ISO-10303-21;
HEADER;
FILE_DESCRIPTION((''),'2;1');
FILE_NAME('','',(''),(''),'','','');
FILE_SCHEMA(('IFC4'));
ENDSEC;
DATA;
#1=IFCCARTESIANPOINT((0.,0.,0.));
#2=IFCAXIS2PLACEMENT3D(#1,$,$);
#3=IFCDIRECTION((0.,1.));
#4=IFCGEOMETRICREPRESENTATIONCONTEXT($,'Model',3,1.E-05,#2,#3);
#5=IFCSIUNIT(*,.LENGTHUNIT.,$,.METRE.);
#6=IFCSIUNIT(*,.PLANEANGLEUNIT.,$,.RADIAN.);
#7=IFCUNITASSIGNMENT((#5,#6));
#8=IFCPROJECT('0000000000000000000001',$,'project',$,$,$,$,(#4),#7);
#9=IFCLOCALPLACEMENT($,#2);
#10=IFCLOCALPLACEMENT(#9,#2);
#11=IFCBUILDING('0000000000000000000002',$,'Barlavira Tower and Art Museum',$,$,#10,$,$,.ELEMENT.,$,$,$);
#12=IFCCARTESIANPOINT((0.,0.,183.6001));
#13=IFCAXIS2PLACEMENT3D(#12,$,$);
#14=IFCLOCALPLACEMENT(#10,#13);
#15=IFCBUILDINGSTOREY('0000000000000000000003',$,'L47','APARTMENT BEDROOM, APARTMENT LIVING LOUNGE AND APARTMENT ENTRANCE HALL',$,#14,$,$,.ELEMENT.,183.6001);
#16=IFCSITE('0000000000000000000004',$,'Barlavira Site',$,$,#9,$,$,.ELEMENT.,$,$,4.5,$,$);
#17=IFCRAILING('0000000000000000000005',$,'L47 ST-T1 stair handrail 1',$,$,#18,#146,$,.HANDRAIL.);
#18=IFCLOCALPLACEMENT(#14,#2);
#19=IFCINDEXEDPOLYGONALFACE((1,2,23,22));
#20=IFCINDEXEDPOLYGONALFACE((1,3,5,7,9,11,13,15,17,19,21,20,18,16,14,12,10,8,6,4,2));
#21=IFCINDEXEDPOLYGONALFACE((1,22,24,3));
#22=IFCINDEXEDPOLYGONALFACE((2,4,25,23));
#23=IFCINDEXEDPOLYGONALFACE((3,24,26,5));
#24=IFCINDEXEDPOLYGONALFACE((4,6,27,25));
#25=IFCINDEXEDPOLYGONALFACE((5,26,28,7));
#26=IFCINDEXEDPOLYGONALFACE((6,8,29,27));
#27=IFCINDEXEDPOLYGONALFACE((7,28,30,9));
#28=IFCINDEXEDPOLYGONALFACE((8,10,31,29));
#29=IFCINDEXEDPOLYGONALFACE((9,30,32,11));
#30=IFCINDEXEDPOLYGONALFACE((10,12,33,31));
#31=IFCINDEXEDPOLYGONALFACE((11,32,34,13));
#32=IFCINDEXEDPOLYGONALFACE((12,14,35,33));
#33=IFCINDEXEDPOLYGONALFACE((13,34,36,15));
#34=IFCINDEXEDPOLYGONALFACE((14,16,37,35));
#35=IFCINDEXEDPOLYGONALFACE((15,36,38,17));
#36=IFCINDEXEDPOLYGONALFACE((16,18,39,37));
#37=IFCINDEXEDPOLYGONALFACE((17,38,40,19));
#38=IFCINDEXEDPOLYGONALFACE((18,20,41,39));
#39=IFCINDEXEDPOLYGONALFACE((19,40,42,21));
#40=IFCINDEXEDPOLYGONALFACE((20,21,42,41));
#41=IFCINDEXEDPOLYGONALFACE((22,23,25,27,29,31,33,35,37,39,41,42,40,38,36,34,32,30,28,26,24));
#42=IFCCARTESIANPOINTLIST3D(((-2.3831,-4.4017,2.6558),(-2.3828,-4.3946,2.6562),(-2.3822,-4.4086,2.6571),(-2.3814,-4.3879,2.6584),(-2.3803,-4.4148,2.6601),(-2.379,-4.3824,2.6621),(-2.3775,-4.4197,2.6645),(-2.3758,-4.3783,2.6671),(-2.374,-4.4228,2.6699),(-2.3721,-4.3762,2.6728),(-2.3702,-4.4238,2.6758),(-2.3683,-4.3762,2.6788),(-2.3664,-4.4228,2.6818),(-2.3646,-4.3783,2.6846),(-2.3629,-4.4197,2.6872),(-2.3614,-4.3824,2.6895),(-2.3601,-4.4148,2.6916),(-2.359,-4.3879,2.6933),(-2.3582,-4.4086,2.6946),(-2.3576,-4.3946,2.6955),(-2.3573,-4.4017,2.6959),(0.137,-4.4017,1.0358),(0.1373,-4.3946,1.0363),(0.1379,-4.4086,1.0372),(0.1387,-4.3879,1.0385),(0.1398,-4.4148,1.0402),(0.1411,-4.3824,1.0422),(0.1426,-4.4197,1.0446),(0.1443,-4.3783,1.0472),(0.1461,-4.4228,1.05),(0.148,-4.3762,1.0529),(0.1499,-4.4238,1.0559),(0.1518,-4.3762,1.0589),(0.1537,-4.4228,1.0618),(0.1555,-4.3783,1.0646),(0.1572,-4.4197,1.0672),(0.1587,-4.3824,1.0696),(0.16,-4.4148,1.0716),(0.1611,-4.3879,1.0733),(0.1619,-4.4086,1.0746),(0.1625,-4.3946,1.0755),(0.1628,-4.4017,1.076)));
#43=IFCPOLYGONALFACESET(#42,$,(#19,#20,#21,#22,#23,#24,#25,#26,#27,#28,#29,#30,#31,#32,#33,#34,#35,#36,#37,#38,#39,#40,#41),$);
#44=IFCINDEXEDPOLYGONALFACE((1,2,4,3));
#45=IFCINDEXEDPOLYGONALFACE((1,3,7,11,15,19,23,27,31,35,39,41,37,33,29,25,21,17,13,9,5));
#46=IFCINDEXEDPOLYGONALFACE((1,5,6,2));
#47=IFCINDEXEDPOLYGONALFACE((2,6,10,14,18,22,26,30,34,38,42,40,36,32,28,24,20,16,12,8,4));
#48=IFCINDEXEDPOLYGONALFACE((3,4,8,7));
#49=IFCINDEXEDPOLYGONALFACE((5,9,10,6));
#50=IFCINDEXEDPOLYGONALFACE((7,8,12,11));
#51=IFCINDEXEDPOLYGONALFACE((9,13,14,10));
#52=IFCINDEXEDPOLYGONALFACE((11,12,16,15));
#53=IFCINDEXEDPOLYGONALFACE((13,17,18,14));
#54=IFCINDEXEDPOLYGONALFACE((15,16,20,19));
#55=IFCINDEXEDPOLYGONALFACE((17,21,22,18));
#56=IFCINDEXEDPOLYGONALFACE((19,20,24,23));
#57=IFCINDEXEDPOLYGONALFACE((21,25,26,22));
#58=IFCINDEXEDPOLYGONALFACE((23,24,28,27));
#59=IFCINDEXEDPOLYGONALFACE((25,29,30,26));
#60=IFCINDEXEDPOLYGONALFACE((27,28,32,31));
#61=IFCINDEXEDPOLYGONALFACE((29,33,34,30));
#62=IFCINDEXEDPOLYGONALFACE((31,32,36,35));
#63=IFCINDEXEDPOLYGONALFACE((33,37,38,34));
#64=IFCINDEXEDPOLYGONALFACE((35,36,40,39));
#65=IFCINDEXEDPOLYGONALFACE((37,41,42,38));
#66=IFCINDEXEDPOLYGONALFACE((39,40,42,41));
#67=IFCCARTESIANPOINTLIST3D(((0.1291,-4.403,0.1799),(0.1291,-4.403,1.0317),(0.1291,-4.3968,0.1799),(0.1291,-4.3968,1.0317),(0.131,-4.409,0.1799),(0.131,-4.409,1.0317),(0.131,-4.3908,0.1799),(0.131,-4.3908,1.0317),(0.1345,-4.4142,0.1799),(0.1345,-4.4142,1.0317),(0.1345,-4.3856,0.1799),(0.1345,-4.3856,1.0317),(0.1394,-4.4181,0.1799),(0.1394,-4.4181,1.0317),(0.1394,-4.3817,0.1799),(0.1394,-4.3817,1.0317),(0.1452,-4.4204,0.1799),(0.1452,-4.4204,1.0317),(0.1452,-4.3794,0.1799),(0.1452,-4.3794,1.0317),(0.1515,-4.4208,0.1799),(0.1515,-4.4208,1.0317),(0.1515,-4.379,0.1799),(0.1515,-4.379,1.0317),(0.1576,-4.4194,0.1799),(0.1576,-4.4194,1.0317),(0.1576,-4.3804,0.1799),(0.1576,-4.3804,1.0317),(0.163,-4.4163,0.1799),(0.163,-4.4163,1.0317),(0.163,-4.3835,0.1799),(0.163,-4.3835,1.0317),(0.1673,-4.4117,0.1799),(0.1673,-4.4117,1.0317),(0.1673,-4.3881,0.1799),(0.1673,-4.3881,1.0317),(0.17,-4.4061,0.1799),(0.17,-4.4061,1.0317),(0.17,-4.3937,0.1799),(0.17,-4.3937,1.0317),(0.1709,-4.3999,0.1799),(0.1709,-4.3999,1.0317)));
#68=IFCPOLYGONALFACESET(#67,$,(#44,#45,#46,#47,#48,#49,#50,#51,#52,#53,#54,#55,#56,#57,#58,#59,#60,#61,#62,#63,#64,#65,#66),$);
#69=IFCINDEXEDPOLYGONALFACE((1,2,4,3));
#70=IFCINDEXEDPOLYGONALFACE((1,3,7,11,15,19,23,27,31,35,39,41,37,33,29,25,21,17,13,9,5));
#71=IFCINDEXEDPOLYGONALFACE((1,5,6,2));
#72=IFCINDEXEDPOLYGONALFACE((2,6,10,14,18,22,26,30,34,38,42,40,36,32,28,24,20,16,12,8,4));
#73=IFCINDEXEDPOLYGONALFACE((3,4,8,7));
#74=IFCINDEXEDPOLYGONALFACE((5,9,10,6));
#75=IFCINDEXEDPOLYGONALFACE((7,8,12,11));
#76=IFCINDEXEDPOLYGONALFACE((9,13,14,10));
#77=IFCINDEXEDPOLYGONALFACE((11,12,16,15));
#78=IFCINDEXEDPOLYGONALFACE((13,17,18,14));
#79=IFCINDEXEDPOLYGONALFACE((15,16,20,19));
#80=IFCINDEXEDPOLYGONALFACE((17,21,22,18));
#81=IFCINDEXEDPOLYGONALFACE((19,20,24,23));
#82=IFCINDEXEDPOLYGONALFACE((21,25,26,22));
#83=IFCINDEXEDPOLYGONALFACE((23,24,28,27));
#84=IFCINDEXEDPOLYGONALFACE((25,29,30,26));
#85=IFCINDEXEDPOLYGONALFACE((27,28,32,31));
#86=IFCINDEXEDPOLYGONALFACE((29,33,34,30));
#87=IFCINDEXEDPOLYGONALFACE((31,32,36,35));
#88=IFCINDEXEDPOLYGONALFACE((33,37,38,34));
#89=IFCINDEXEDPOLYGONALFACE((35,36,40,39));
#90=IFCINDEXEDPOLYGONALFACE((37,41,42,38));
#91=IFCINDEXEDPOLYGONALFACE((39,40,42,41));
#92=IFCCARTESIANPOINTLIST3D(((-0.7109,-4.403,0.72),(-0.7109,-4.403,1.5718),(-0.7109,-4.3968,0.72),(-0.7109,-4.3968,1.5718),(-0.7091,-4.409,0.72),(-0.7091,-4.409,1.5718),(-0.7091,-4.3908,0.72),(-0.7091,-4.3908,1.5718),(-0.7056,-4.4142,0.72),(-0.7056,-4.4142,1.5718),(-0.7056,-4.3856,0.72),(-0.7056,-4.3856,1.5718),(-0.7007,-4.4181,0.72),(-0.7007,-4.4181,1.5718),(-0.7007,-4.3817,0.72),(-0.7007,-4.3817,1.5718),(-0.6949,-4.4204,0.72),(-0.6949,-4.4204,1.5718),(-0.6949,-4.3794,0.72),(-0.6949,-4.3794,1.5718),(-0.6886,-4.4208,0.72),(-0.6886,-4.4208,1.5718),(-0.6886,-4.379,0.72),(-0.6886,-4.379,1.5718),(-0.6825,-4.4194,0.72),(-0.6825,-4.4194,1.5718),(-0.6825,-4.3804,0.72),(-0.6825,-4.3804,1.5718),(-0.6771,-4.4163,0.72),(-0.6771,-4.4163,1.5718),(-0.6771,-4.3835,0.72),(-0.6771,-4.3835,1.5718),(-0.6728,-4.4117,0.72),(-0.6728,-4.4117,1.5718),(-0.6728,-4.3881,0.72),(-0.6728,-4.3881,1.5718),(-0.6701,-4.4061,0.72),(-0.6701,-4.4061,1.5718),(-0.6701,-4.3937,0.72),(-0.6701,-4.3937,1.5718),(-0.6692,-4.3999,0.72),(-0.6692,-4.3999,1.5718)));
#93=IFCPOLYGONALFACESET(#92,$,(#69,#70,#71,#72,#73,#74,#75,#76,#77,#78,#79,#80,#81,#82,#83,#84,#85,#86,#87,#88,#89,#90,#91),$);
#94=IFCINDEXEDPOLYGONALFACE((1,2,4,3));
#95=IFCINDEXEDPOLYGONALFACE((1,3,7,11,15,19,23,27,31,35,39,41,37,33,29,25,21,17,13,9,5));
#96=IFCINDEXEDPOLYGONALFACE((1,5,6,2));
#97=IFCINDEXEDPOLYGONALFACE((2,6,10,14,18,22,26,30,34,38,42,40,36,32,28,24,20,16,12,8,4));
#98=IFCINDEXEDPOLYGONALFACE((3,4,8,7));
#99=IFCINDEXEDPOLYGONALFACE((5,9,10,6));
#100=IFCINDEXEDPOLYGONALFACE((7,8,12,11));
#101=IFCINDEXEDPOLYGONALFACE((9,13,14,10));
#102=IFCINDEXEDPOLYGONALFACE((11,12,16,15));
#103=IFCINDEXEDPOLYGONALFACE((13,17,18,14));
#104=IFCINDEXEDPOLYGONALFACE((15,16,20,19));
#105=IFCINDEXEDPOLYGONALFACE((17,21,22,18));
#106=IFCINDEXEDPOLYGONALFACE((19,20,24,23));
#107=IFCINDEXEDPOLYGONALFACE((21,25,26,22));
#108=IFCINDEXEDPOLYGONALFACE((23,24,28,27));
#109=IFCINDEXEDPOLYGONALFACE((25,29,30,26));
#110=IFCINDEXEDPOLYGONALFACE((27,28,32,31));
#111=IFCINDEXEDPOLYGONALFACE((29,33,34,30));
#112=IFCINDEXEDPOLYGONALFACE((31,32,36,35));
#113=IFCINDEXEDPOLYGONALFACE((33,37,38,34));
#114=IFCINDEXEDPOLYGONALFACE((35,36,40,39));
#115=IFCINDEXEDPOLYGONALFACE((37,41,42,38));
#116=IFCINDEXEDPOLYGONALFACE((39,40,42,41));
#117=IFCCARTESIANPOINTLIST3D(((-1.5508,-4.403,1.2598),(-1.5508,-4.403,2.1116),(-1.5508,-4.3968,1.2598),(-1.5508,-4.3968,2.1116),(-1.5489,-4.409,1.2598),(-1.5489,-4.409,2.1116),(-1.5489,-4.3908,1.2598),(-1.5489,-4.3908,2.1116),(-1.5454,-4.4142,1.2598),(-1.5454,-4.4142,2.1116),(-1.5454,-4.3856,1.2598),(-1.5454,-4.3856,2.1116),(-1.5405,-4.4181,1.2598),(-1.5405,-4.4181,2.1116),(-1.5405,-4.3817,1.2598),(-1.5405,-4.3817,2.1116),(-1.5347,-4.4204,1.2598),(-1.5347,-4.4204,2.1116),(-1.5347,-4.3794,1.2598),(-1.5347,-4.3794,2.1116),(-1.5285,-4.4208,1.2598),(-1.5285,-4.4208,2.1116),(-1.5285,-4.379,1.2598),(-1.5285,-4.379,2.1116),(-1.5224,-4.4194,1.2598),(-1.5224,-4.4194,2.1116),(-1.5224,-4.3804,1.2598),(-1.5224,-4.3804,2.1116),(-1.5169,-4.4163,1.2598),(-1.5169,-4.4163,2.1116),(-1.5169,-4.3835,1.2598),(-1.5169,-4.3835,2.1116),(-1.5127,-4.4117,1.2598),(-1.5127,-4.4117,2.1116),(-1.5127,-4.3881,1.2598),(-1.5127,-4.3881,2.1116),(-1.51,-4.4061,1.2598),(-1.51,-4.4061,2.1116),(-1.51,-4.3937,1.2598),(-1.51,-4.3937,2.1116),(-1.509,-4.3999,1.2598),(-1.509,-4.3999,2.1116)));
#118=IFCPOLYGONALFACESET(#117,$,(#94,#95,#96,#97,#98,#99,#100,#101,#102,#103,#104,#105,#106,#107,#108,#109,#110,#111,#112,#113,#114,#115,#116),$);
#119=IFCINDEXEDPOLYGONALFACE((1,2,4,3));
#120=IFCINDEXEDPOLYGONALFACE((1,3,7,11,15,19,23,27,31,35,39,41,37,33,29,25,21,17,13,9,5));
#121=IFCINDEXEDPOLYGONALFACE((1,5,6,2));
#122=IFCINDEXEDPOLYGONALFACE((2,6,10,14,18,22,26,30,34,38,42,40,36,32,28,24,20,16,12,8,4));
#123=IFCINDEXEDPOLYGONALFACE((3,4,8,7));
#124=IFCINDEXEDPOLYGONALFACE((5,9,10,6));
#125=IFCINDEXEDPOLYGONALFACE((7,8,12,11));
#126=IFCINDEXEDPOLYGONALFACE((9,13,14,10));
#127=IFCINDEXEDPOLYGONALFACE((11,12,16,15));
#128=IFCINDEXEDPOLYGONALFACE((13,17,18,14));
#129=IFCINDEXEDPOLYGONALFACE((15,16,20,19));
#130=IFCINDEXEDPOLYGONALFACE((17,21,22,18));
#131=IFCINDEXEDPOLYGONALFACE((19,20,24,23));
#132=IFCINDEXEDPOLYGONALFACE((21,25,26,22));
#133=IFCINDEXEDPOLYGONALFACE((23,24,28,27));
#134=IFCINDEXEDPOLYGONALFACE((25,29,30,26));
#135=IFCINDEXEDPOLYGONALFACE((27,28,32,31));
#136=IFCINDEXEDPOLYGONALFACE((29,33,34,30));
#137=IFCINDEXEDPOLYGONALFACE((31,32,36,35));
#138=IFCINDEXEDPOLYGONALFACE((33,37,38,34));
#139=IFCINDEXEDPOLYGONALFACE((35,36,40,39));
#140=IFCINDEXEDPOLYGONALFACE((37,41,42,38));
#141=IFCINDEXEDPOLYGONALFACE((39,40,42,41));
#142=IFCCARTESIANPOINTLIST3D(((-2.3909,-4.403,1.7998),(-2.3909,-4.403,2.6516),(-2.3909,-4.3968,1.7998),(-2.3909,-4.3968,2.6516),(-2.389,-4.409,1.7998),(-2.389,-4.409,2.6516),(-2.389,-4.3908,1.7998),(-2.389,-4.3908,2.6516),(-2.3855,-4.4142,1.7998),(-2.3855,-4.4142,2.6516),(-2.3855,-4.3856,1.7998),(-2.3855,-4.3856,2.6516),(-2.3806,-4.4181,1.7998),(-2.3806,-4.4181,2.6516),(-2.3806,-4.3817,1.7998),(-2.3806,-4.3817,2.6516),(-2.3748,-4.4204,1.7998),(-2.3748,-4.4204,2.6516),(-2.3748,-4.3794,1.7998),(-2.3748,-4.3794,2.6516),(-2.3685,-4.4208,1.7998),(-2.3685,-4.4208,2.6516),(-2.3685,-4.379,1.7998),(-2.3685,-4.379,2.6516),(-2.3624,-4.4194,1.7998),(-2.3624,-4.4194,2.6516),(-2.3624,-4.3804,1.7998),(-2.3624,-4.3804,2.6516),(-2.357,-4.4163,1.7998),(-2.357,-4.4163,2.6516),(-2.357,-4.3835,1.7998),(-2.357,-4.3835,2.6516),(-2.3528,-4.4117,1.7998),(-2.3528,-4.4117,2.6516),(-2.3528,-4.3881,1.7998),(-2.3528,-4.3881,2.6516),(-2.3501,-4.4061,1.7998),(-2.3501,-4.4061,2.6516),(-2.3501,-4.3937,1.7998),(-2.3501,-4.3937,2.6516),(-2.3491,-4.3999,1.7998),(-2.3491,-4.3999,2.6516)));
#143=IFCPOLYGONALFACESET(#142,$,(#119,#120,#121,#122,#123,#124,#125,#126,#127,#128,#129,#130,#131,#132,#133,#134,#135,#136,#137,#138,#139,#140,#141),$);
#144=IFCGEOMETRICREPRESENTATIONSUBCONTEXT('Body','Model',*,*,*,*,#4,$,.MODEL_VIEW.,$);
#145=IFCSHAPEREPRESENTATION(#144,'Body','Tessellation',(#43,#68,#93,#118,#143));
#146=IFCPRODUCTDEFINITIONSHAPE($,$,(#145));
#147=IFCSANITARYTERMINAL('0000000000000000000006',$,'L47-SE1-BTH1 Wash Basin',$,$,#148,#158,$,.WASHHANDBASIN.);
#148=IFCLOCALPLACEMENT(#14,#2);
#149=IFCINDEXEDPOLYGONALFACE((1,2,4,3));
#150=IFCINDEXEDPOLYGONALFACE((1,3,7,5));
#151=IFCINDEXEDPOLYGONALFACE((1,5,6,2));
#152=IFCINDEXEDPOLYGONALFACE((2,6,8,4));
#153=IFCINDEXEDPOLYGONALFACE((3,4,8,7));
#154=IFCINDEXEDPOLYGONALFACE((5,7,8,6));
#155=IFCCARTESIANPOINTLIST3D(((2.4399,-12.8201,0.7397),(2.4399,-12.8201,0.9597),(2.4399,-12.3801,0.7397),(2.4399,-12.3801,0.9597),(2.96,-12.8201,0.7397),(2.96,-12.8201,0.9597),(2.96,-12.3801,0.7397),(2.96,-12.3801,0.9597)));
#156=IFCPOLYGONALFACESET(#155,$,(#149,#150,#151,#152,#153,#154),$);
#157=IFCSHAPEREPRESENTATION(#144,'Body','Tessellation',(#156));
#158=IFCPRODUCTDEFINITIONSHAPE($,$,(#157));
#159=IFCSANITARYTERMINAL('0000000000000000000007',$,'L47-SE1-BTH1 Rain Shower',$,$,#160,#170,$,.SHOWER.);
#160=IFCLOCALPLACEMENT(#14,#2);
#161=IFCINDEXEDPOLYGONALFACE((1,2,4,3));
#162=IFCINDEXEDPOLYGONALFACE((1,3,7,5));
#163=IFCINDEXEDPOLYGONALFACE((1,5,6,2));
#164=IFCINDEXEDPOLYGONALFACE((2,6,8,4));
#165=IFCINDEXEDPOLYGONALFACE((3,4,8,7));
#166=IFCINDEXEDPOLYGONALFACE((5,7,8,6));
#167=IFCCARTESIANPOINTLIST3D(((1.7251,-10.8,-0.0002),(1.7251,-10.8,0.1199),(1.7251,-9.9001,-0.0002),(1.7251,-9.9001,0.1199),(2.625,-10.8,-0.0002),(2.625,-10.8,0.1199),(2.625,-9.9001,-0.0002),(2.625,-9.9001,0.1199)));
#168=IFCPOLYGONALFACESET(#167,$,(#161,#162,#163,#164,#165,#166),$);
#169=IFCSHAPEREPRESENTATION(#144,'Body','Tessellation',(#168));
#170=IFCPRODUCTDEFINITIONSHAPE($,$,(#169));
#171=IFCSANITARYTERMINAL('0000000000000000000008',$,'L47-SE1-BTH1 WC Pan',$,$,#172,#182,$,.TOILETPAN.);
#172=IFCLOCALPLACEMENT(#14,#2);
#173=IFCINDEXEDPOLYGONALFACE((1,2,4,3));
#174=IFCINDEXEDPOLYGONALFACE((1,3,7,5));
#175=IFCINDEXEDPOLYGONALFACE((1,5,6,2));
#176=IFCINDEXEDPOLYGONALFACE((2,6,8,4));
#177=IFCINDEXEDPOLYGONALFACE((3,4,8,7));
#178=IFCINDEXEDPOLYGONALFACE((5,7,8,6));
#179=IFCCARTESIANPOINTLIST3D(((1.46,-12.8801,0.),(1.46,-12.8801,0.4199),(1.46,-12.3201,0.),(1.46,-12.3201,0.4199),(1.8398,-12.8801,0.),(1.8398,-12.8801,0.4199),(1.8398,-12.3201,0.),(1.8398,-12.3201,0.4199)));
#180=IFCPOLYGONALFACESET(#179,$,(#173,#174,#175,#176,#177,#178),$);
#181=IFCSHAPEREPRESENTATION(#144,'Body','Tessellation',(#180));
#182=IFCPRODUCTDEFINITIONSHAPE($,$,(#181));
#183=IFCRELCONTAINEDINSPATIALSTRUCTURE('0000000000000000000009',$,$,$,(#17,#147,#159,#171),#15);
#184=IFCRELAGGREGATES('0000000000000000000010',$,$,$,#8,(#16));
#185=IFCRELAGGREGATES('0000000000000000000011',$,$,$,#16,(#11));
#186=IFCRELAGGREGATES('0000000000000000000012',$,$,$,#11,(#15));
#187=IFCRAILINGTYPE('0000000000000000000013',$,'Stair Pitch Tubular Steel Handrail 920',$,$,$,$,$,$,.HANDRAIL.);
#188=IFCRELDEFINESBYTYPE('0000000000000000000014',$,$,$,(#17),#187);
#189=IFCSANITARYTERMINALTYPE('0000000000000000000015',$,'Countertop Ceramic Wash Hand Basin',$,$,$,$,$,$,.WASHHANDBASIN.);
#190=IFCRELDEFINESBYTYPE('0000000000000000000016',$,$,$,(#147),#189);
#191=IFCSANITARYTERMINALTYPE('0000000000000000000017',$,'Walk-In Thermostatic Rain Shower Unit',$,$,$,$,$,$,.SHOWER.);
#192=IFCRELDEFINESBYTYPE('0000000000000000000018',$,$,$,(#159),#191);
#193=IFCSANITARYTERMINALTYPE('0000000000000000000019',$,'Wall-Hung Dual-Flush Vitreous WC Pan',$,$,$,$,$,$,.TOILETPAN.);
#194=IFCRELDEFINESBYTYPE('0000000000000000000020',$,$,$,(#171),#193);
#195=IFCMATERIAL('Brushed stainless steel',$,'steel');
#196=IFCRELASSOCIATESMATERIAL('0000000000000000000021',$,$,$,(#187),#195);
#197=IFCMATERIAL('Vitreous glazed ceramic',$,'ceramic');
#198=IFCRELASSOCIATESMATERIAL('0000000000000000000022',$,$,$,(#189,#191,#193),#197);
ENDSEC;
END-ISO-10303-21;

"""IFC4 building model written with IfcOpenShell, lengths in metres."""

from ifc_helpers import new_model, si_unit, direction, frame, origin, origin_2d, place, context, subcontext, project, spatial, rectangle, circle, extrude, material, type_object, element, save


model = new_model("IFC4")

# Units and contexts
model_context = context("Model", 3, precision=1e-05, world=origin(), true_north=direction((0.0, 1.0)))
body_context = subcontext(model_context, "Body", "Model", "MODEL_VIEW")
ifc_project = project(units=[si_unit("LENGTHUNIT", "METRE"), si_unit("PLANEANGLEUNIT", "RADIAN")], contexts=[model_context])

# Site, building, storey
site_placement = place(None, origin())
site = spatial("IfcSite", under=ifc_project, at=site_placement, Name="Barlavira Site", CompositionType="ELEMENT", RefElevation=4.5)
building_placement = place(site_placement, origin())
building = spatial("IfcBuilding", under=site, at=building_placement, Name="Barlavira Tower and Art Museum", CompositionType="ELEMENT")
storey_placement = place(building_placement, frame((0.0, 0.0, 183.6001)))
storey = spatial("IfcBuildingStorey", under=building, at=storey_placement, Name="L47", Description="APARTMENT BEDROOM, APARTMENT LIVING LOUNGE AND APARTMENT ENTRANCE HALL", CompositionType="ELEMENT", Elevation=183.6001)

# Shared definitions
ifc_material_1 = material(Name="Brushed stainless steel", Category="steel")

# Railing
railing_type_1 = type_object("IfcRailingType", Name="Stair Pitch Tubular Steel Handrail 920", PredefinedType="HANDRAIL", material=ifc_material_1)
railing_1_placement = place(storey_placement, frame((0.1499, -4.3999, 0.1799)))
element("IfcRailing", 1, at=railing_1_placement, inside=storey, type_object=railing_type_1, Name="L47 ST-T1 stair handrail 1", PredefinedType="HANDRAIL", context=body_context, shape_type="SweptSolid", body=[
    extrude(circle(Radius=0.0239, at=origin_2d()), frame((0.0, 0.0, 0.876), z_axis=(-0.8412, 0.0, 0.540725), x_axis=(0.0, -1.0, 0.0)), (0.0, 0.0, 1.0), 2.9958),
    extrude(circle(Radius=0.021, at=origin_2d()), origin(), (0.0, 0.0, 1.0), 0.8518),
    extrude(circle(Radius=0.021, at=origin_2d()), frame((-0.8401, 0.0, 0.54)), (0.0, 0.0, 1.0), 0.8518),
    extrude(circle(Radius=0.021, at=origin_2d()), frame((-1.6799, 0.0, 1.0798)), (0.0, 0.0, 1.0), 0.8518),
    extrude(circle(Radius=0.021, at=origin_2d()), frame((-2.52, 0.0, 1.6199)), (0.0, 0.0, 1.0), 0.8518),
])

# Sanitary terminals
ifc_material_2 = material(Name="Vitreous glazed ceramic", Category="ceramic")
sanitary_terminal_type_1 = type_object("IfcSanitaryTerminalType", Name="Countertop Ceramic Wash Hand Basin", PredefinedType="WASHHANDBASIN", material=ifc_material_2)
sanitary_terminal_1_placement = place(storey_placement, frame((2.7, -12.6001, 0.7397), z_axis=(0.0, 0.0, 1.0), x_axis=(1.0, 0.0, 0.0)))
element("IfcSanitaryTerminal", 2, at=sanitary_terminal_1_placement, inside=storey, type_object=sanitary_terminal_type_1, Name="L47-SE1-BTH1 Wash Basin", PredefinedType="WASHHANDBASIN", context=body_context, shape_type="SweptSolid", body=[
    extrude(rectangle(XDim=0.52, YDim=0.4399, at=origin_2d()), origin(), (0.0, 0.0, 1.0), 0.22),
])
sanitary_terminal_type_2 = type_object("IfcSanitaryTerminalType", Name="Walk-In Thermostatic Rain Shower Unit", PredefinedType="SHOWER", material=ifc_material_2)
sanitary_terminal_2_placement = place(storey_placement, frame((2.175, -10.3501, -0.0002), z_axis=(0.0, 0.0, 1.0), x_axis=(1.0, 0.0, 0.0)))
element("IfcSanitaryTerminal", 3, at=sanitary_terminal_2_placement, inside=storey, type_object=sanitary_terminal_type_2, Name="L47-SE1-BTH1 Rain Shower", PredefinedType="SHOWER", context=body_context, shape_type="SweptSolid", body=[
    extrude(rectangle(XDim=0.8999, YDim=0.8999, at=origin_2d()), origin(), (0.0, 0.0, 1.0), 0.1201),
])
sanitary_terminal_type_3 = type_object("IfcSanitaryTerminalType", Name="Wall-Hung Dual-Flush Vitreous WC Pan", PredefinedType="TOILETPAN", material=ifc_material_2)
sanitary_terminal_3_placement = place(storey_placement, frame((1.6499, -12.6001, 0.0), z_axis=(0.0, 0.0, 1.0), x_axis=(1.0, 0.0, 0.0)))
element("IfcSanitaryTerminal", 4, at=sanitary_terminal_3_placement, inside=storey, type_object=sanitary_terminal_type_3, Name="L47-SE1-BTH1 WC Pan", PredefinedType="TOILETPAN", context=body_context, shape_type="SweptSolid", body=[
    extrude(rectangle(XDim=0.3799, YDim=0.5601, at=origin_2d()), origin(), (0.0, 0.0, 1.0), 0.4199),
])

save(model, "model.ifc")
